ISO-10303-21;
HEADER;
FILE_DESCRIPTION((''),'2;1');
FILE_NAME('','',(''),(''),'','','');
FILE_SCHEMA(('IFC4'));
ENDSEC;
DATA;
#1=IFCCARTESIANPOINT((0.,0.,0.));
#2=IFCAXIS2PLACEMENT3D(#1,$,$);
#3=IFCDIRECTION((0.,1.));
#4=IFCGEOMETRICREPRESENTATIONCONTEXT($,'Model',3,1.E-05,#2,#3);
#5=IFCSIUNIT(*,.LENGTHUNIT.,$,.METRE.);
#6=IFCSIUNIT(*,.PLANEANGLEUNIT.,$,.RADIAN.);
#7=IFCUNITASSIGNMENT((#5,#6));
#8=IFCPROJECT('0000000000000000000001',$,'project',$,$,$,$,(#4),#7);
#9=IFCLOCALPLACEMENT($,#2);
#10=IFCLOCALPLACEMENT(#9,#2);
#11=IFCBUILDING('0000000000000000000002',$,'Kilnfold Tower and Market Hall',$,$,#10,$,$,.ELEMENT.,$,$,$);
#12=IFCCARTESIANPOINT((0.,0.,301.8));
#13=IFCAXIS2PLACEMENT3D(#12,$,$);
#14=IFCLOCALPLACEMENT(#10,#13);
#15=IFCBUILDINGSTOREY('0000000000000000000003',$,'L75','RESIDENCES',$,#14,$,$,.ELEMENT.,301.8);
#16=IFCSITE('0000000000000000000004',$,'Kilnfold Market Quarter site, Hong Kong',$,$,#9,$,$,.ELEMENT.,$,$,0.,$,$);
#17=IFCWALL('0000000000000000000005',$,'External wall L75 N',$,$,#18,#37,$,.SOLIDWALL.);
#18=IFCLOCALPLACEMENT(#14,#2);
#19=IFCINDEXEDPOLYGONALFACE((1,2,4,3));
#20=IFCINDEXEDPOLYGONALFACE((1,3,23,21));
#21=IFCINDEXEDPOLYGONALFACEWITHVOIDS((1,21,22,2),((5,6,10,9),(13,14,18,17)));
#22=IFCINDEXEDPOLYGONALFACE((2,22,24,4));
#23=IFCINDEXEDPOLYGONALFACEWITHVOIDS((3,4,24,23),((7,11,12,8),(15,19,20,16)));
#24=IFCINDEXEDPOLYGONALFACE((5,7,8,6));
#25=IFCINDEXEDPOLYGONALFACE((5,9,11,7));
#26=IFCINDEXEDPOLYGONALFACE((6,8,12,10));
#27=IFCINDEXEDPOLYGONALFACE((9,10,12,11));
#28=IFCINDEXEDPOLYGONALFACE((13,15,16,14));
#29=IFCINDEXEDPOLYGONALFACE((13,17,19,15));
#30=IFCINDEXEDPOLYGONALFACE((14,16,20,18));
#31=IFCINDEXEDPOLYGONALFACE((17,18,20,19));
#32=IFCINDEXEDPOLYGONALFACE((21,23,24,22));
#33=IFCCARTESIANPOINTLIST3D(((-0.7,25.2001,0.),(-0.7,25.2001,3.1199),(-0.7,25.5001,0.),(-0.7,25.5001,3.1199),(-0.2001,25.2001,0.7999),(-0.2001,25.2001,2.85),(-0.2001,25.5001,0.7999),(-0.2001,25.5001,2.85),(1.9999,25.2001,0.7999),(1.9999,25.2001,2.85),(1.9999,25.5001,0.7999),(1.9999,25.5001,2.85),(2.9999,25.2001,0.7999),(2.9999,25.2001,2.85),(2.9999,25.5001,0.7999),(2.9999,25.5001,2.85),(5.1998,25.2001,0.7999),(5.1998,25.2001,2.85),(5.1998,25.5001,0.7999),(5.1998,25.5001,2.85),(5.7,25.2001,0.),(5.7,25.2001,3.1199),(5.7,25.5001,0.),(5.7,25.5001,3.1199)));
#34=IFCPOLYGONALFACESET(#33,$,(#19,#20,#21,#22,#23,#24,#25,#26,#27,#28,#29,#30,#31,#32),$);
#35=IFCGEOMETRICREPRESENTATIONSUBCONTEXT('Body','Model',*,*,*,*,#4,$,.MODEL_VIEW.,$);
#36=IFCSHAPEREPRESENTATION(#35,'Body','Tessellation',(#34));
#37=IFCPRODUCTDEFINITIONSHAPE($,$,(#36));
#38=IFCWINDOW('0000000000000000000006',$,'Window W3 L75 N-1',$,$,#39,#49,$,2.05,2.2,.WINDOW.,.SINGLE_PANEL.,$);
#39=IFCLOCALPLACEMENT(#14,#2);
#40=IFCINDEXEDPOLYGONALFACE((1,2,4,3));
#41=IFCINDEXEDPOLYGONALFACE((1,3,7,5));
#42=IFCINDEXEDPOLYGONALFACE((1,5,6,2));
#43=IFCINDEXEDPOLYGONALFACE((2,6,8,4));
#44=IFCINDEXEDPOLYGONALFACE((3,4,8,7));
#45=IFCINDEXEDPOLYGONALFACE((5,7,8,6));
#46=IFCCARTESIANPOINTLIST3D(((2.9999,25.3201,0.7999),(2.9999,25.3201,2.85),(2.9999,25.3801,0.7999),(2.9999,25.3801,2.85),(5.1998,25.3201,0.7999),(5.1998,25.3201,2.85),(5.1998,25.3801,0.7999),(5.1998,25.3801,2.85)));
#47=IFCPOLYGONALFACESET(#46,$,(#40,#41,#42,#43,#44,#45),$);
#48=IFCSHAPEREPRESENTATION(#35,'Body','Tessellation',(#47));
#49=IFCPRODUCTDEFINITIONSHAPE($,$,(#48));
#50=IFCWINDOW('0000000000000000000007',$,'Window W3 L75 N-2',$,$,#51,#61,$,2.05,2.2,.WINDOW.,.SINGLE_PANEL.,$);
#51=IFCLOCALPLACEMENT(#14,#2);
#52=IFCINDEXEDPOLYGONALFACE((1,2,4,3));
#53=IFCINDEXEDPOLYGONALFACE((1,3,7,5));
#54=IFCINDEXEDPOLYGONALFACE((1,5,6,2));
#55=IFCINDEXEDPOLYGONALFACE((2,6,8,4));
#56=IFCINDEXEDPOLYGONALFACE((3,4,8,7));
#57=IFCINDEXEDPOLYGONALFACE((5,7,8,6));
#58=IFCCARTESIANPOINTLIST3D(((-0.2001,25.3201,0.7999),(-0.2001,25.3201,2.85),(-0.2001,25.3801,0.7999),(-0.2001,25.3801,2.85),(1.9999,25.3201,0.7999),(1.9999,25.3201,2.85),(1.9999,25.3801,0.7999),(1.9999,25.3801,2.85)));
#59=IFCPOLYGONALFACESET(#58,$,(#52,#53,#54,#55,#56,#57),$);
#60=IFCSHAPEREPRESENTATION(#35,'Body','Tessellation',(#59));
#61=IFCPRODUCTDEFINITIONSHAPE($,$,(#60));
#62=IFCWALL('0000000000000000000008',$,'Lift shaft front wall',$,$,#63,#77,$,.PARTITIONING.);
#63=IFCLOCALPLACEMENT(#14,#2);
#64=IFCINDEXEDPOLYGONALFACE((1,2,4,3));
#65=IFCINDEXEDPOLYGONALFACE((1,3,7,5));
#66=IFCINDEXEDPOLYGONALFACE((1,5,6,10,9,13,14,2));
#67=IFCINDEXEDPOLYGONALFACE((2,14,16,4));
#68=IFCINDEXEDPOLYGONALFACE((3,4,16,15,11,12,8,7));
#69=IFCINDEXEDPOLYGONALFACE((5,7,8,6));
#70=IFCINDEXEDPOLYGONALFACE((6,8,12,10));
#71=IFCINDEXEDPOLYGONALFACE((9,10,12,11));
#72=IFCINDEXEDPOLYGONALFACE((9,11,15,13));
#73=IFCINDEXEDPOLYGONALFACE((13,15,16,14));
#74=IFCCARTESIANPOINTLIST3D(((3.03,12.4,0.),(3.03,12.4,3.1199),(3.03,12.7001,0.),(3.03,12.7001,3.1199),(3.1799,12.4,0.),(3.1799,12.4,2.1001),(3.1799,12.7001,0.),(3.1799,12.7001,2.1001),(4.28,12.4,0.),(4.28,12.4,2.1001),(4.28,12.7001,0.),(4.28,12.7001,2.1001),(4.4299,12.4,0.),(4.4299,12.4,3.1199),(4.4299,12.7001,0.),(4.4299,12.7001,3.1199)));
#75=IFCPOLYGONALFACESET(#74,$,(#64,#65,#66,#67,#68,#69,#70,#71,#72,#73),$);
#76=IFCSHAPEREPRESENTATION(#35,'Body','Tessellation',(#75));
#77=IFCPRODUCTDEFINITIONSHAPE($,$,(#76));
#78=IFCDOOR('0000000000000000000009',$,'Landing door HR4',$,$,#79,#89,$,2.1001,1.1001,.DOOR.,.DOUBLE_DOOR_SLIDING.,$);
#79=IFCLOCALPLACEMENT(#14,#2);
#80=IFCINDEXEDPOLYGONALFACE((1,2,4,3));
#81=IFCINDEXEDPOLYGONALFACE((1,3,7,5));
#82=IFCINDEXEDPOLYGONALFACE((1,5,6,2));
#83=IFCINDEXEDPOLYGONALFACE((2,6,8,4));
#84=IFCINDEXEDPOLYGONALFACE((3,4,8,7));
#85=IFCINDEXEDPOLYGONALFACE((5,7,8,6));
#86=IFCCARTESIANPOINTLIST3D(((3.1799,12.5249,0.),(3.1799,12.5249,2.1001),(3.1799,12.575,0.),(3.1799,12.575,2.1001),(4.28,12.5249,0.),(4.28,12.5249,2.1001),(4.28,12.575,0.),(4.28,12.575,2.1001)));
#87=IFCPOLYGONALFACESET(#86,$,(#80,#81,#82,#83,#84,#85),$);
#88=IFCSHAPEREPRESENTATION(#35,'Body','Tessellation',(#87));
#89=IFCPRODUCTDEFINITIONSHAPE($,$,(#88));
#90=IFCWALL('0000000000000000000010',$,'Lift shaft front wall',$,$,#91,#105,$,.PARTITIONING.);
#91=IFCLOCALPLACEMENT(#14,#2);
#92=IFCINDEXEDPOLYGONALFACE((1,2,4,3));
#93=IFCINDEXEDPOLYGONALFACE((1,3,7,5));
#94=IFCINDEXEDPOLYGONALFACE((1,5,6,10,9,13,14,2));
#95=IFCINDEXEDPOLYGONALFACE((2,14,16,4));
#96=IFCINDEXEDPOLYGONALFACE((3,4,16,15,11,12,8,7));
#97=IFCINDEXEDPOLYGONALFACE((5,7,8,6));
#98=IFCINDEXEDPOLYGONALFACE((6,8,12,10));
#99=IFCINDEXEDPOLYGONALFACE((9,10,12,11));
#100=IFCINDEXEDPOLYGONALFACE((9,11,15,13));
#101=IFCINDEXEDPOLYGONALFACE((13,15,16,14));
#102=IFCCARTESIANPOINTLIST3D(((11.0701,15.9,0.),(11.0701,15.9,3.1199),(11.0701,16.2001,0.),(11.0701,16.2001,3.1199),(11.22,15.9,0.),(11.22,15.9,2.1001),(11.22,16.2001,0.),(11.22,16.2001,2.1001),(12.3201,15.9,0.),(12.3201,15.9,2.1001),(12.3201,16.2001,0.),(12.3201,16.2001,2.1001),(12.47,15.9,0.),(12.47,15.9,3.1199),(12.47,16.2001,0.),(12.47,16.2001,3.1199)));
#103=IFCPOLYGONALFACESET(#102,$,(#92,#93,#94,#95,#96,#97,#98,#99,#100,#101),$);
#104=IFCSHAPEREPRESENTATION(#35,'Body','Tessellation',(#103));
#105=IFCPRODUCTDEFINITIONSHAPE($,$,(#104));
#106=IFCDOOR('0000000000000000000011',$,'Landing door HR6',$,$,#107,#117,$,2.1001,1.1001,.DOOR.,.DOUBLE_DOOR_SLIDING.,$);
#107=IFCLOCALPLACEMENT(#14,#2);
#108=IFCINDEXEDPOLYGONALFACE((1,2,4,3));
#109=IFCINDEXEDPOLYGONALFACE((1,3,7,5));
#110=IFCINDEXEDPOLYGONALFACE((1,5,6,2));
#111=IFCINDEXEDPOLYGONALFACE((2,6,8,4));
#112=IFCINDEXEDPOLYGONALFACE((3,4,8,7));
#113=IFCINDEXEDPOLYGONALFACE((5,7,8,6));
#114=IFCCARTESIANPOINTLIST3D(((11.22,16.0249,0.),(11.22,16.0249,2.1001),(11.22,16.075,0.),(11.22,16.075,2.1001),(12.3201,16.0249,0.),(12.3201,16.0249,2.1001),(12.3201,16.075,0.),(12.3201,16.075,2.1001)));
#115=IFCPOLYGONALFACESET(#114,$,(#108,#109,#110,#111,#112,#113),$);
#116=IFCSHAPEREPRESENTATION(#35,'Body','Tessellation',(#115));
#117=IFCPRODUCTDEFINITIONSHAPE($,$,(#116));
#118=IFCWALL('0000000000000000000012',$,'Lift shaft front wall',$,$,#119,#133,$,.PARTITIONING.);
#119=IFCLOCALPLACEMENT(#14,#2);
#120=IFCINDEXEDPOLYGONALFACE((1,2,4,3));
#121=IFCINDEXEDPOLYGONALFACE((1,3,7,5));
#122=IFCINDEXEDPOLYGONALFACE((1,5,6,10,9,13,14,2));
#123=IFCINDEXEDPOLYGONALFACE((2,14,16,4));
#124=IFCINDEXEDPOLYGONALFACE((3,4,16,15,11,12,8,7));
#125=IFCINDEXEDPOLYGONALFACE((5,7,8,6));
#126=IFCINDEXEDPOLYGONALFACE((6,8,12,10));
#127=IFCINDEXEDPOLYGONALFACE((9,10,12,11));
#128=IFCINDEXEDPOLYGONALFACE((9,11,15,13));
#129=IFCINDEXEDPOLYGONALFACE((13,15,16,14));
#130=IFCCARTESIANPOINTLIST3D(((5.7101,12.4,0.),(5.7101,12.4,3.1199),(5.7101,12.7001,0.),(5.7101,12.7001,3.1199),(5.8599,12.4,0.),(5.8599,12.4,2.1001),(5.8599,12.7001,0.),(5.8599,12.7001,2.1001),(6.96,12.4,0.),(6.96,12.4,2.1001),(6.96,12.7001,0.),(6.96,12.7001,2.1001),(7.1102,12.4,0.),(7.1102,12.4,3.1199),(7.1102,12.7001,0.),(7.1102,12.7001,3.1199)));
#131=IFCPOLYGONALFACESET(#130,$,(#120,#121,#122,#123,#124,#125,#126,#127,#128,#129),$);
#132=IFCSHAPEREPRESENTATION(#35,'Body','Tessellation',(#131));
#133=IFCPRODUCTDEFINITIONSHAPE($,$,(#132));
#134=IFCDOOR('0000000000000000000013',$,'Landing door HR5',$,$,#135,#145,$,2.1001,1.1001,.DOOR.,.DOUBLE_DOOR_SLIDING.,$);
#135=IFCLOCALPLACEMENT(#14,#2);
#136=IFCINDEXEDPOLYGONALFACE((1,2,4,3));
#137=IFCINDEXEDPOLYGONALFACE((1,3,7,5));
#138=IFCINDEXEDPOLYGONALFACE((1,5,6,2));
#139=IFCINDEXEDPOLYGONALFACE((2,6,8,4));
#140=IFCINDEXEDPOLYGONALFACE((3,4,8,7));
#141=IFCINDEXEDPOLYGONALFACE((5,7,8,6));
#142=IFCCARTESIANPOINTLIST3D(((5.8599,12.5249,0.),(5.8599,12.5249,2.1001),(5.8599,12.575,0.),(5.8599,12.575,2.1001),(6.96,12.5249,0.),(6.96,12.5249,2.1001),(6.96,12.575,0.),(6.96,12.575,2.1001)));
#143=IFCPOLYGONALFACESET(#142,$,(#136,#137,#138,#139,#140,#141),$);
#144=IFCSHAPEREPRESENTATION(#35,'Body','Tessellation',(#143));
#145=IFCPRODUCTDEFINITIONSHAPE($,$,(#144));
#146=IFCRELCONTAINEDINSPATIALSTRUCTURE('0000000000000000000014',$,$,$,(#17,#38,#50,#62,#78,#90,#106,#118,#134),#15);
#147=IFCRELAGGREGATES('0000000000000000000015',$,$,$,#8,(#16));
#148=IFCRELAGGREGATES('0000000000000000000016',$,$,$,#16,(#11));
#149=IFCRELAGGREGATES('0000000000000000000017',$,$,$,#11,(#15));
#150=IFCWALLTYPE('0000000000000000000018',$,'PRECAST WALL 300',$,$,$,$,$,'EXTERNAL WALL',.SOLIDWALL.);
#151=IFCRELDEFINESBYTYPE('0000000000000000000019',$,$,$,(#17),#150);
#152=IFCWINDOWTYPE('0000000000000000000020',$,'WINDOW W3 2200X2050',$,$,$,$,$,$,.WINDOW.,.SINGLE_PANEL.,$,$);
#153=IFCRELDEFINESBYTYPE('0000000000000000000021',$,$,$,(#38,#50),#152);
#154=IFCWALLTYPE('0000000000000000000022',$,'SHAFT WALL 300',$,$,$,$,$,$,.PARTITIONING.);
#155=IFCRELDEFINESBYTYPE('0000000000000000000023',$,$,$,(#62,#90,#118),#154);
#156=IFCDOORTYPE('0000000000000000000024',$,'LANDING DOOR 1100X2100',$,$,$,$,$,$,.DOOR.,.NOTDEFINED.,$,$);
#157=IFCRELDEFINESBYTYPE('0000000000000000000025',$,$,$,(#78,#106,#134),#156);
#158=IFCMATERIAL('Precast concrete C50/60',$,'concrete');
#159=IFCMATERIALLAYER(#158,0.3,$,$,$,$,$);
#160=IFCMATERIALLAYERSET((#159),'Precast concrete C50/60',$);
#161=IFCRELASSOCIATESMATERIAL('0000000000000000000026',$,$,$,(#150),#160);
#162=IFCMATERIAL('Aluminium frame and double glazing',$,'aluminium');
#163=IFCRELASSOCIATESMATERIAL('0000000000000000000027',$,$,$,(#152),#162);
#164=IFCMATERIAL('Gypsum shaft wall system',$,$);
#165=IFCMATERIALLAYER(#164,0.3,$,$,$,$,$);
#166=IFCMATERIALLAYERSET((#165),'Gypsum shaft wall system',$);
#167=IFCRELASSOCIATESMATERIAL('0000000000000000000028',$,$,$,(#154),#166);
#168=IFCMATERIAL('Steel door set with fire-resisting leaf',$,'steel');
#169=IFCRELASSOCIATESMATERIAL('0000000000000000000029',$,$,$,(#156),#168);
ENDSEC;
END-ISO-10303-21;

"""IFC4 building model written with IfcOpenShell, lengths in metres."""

from ifc_helpers import new_model, si_unit, direction, frame, frame_2d, origin, place, context, subcontext, project, spatial, rectangle, extrude, source, transform, mapped, material, layer, layer_set, type_object, element, fill, save


model = new_model("IFC4")

# Units and contexts
model_context = context("Model", 3, precision=1e-05, world=origin(), true_north=direction((0.0, 1.0)))
body_context = subcontext(model_context, "Body", "Model", "MODEL_VIEW")
ifc_project = project(units=[si_unit("LENGTHUNIT", "METRE"), si_unit("PLANEANGLEUNIT", "RADIAN")], contexts=[model_context])

# Site, building, storey
site_placement = place(None, origin())
site = spatial("IfcSite", under=ifc_project, at=site_placement, Name="Kilnfold Market Quarter site, Hong Kong", CompositionType="ELEMENT", RefElevation=0.0)
building_placement = place(site_placement, origin())
building = spatial("IfcBuilding", under=site, at=building_placement, Name="Kilnfold Tower and Market Hall", CompositionType="ELEMENT")
storey_placement = place(building_placement, frame((0.0, 0.0, 301.8)))
storey = spatial("IfcBuildingStorey", under=building, at=storey_placement, Name="L75", Description="RESIDENCES", CompositionType="ELEMENT", Elevation=301.8)

# Wall, openings, windows
ifc_material_1 = material(Name="Precast concrete C50/60", Category="concrete")
ifc_layer_1 = layer(ifc_material_1, 0.3)
ifc_layer_set_1 = layer_set([ifc_layer_1], Name="Precast concrete C50/60")
wall_type_1 = type_object("IfcWallType", Name="PRECAST WALL 300", ElementType="EXTERNAL WALL", PredefinedType="SOLIDWALL", material=ifc_layer_set_1)
shared_shape_1 = source(origin(), body_context, "Body", "SweptSolid", [
    extrude(rectangle(XDim=6.3999, YDim=0.3, at=frame_2d((3.2, 0.0))), origin(), (0.0, 0.0, 1.0), 3.1199),
])
ifc_material_2 = material(Name="Aluminium frame and double glazing", Category="aluminium")
window_type = type_object("IfcWindowType", Name="WINDOW W3 2200X2050", PartitioningType="SINGLE_PANEL", PredefinedType="WINDOW", material=ifc_material_2)
wall_1_placement = place(storey_placement, frame((5.7, 25.3501, 0.0), z_axis=(0.0, 0.0, 1.0), x_axis=(-1.0, 0.0, 0.0)))
wall_1 = element("IfcWall", 1, at=wall_1_placement, inside=storey, type_object=wall_type_1, Name="External wall L75 N", PredefinedType="SOLIDWALL", context=body_context, shape_type="MappedRepresentation", body=[
    mapped(shared_shape_1, transform((0.0, 0.0, 0.0))),
])
opening_1_placement = place(wall_1_placement, frame((0.5, 0.0, 0.8)))
opening_1 = element("IfcOpeningElement", 2, at=opening_1_placement, cuts=wall_1, PredefinedType="OPENING", context=body_context, shape_type="SweptSolid", body=[
    extrude(rectangle(XDim=2.2, YDim=2.05, at=frame_2d((1.1001, 1.0249))), frame((0.0, 0.1602, 0.0), z_axis=(0.0, -1.0, 0.0), x_axis=(1.0, 0.0, 0.0)), (0.0, 0.0, 1.0), 0.3201),
])
opening_2_placement = place(wall_1_placement, frame((3.7, 0.0, 0.8)))
opening_2 = element("IfcOpeningElement", 3, at=opening_2_placement, cuts=wall_1, PredefinedType="OPENING", context=body_context, shape_type="SweptSolid", body=[
    extrude(rectangle(XDim=2.2, YDim=2.05, at=frame_2d((1.1001, 1.0249))), frame((0.0, 0.1602, 0.0), z_axis=(0.0, -1.0, 0.0), x_axis=(1.0, 0.0, 0.0)), (0.0, 0.0, 1.0), 0.3201),
])
window_1_placement = place(opening_1_placement, origin())
window_1 = element("IfcWindow", 4, at=window_1_placement, inside=storey, type_object=window_type, Name="Window W3 L75 N-1", OverallHeight=2.05, OverallWidth=2.2, PartitioningType="SINGLE_PANEL", PredefinedType="WINDOW", context=body_context, shape_type="SweptSolid", body=[
    extrude(rectangle(XDim=2.2, YDim=2.05, at=frame_2d((1.1001, 1.0249))), frame((0.0, 0.03, 0.0), z_axis=(0.0, -1.0, 0.0), x_axis=(1.0, 0.0, 0.0)), (0.0, 0.0, 1.0), 0.0601),
])
fill(opening_1, window_1)
window_2_placement = place(opening_2_placement, origin())
window_2 = element("IfcWindow", 5, at=window_2_placement, inside=storey, type_object=window_type, Name="Window W3 L75 N-2", OverallHeight=2.05, OverallWidth=2.2, PartitioningType="SINGLE_PANEL", PredefinedType="WINDOW", context=body_context, shape_type="SweptSolid", body=[
    extrude(rectangle(XDim=2.2, YDim=2.05, at=frame_2d((1.1001, 1.0249))), frame((0.0, 0.03, 0.0), z_axis=(0.0, -1.0, 0.0), x_axis=(1.0, 0.0, 0.0)), (0.0, 0.0, 1.0), 0.0601),
])
fill(opening_2, window_2)

# Walls, openings, doors
ifc_material_3 = material(Name="Gypsum shaft wall system")
ifc_layer_2 = layer(ifc_material_3, 0.3)
ifc_layer_set_2 = layer_set([ifc_layer_2], Name="Gypsum shaft wall system")
wall_type_2 = type_object("IfcWallType", Name="SHAFT WALL 300", PredefinedType="PARTITIONING", material=ifc_layer_set_2)
shared_shape_2 = source(origin(), body_context, "Body", "SweptSolid", [
    extrude(rectangle(XDim=1.3999, YDim=0.3, at=frame_2d((0.7, 0.0))), origin(), (0.0, 0.0, 1.0), 3.1199),
])
wall_2_placement = place(storey_placement, frame((3.03, 12.55, 0.0), z_axis=(0.0, 0.0, 1.0), x_axis=(1.0, 0.0, 0.0)))
wall_2 = element("IfcWall", 6, at=wall_2_placement, inside=storey, type_object=wall_type_2, Name="Lift shaft front wall", PredefinedType="PARTITIONING", context=body_context, shape_type="MappedRepresentation", body=[
    mapped(shared_shape_2, transform((0.0, 0.0, 0.0))),
])
opening_3_placement = place(wall_2_placement, frame((0.1499, 0.0, 0.0)))
opening_3 = element("IfcOpeningElement", 7, at=opening_3_placement, cuts=wall_2, PredefinedType="OPENING", context=body_context, shape_type="SweptSolid", body=[
    extrude(rectangle(XDim=1.1001, YDim=2.1001, at=frame_2d((0.55, 1.05))), frame((0.0, 0.1602, 0.0), z_axis=(0.0, -1.0, 0.0), x_axis=(1.0, 0.0, 0.0)), (0.0, 0.0, 1.0), 0.3201),
])
ifc_material_4 = material(Name="Steel door set with fire-resisting leaf", Category="steel")
door_type_1 = type_object("IfcDoorType", Name="LANDING DOOR 1100X2100", OperationType="NOTDEFINED", PredefinedType="DOOR", material=ifc_material_4)
door_1_placement = place(opening_3_placement, origin())
door_1 = element("IfcDoor", 8, at=door_1_placement, inside=storey, type_object=door_type_1, Name="Landing door HR4", OperationType="DOUBLE_DOOR_SLIDING", OverallHeight=2.1001, OverallWidth=1.1001, PredefinedType="DOOR", context=body_context, shape_type="SweptSolid", body=[
    extrude(rectangle(XDim=1.1001, YDim=2.1001, at=frame_2d((0.55, 1.05))), frame((0.0, 0.0249, 0.0), z_axis=(0.0, -1.0, 0.0), x_axis=(1.0, 0.0, 0.0)), (0.0, 0.0, 1.0), 0.05),
])
fill(opening_3, door_1)
wall_3_placement = place(storey_placement, frame((11.0701, 16.05, 0.0), z_axis=(0.0, 0.0, 1.0), x_axis=(1.0, 0.0, 0.0)))
wall_3 = element("IfcWall", 9, at=wall_3_placement, inside=storey, type_object=wall_type_2, Name="Lift shaft front wall", PredefinedType="PARTITIONING", context=body_context, shape_type="MappedRepresentation", body=[
    mapped(shared_shape_2, transform((0.0, 0.0, 0.0))),
])
opening_4_placement = place(wall_3_placement, frame((0.1499, 0.0, 0.0)))
opening_4 = element("IfcOpeningElement", 10, at=opening_4_placement, cuts=wall_3, PredefinedType="OPENING", context=body_context, shape_type="SweptSolid", body=[
    extrude(rectangle(XDim=1.1001, YDim=2.1001, at=frame_2d((0.55, 1.05))), frame((0.0, 0.1602, 0.0), z_axis=(0.0, -1.0, 0.0), x_axis=(1.0, 0.0, 0.0)), (0.0, 0.0, 1.0), 0.3201),
])
door_2_placement = place(opening_4_placement, origin())
door_2 = element("IfcDoor", 11, at=door_2_placement, inside=storey, type_object=door_type_1, Name="Landing door HR6", OperationType="DOUBLE_DOOR_SLIDING", OverallHeight=2.1001, OverallWidth=1.1001, PredefinedType="DOOR", context=body_context, shape_type="SweptSolid", body=[
    extrude(rectangle(XDim=1.1001, YDim=2.1001, at=frame_2d((0.55, 1.05))), frame((0.0, 0.0249, 0.0), z_axis=(0.0, -1.0, 0.0), x_axis=(1.0, 0.0, 0.0)), (0.0, 0.0, 1.0), 0.05),
])
fill(opening_4, door_2)
shared_shape_3 = source(origin(), body_context, "Body", "SweptSolid", [
    extrude(rectangle(XDim=1.4001, YDim=0.3, at=frame_2d((0.7002, 0.0))), origin(), (0.0, 0.0, 1.0), 3.1199),
])
wall_4_placement = place(storey_placement, frame((5.71, 12.55, 0.0), z_axis=(0.0, 0.0, 1.0), x_axis=(1.0, 0.0, 0.0)))
wall_4 = element("IfcWall", 12, at=wall_4_placement, inside=storey, type_object=wall_type_2, Name="Lift shaft front wall", PredefinedType="PARTITIONING", context=body_context, shape_type="MappedRepresentation", body=[
    mapped(shared_shape_3, transform((0.0, 0.0, 0.0))),
])
opening_5_placement = place(wall_4_placement, frame((0.1499, 0.0, 0.0)))
opening_5 = element("IfcOpeningElement", 13, at=opening_5_placement, cuts=wall_4, PredefinedType="OPENING", context=body_context, shape_type="SweptSolid", body=[
    extrude(rectangle(XDim=1.1001, YDim=2.1001, at=frame_2d((0.55, 1.05))), frame((0.0, 0.1602, 0.0), z_axis=(0.0, -1.0, 0.0), x_axis=(1.0, 0.0, 0.0)), (0.0, 0.0, 1.0), 0.3201),
])
door_3_placement = place(opening_5_placement, origin())
door_3 = element("IfcDoor", 14, at=door_3_placement, inside=storey, type_object=door_type_1, Name="Landing door HR5", OperationType="DOUBLE_DOOR_SLIDING", OverallHeight=2.1001, OverallWidth=1.1001, PredefinedType="DOOR", context=body_context, shape_type="SweptSolid", body=[
    extrude(rectangle(XDim=1.1001, YDim=2.1001, at=frame_2d((0.55, 1.05))), frame((0.0, 0.0249, 0.0), z_axis=(0.0, -1.0, 0.0), x_axis=(1.0, 0.0, 0.0)), (0.0, 0.0, 1.0), 0.05),
])
fill(opening_5, door_3)

save(model, "model.ifc")
